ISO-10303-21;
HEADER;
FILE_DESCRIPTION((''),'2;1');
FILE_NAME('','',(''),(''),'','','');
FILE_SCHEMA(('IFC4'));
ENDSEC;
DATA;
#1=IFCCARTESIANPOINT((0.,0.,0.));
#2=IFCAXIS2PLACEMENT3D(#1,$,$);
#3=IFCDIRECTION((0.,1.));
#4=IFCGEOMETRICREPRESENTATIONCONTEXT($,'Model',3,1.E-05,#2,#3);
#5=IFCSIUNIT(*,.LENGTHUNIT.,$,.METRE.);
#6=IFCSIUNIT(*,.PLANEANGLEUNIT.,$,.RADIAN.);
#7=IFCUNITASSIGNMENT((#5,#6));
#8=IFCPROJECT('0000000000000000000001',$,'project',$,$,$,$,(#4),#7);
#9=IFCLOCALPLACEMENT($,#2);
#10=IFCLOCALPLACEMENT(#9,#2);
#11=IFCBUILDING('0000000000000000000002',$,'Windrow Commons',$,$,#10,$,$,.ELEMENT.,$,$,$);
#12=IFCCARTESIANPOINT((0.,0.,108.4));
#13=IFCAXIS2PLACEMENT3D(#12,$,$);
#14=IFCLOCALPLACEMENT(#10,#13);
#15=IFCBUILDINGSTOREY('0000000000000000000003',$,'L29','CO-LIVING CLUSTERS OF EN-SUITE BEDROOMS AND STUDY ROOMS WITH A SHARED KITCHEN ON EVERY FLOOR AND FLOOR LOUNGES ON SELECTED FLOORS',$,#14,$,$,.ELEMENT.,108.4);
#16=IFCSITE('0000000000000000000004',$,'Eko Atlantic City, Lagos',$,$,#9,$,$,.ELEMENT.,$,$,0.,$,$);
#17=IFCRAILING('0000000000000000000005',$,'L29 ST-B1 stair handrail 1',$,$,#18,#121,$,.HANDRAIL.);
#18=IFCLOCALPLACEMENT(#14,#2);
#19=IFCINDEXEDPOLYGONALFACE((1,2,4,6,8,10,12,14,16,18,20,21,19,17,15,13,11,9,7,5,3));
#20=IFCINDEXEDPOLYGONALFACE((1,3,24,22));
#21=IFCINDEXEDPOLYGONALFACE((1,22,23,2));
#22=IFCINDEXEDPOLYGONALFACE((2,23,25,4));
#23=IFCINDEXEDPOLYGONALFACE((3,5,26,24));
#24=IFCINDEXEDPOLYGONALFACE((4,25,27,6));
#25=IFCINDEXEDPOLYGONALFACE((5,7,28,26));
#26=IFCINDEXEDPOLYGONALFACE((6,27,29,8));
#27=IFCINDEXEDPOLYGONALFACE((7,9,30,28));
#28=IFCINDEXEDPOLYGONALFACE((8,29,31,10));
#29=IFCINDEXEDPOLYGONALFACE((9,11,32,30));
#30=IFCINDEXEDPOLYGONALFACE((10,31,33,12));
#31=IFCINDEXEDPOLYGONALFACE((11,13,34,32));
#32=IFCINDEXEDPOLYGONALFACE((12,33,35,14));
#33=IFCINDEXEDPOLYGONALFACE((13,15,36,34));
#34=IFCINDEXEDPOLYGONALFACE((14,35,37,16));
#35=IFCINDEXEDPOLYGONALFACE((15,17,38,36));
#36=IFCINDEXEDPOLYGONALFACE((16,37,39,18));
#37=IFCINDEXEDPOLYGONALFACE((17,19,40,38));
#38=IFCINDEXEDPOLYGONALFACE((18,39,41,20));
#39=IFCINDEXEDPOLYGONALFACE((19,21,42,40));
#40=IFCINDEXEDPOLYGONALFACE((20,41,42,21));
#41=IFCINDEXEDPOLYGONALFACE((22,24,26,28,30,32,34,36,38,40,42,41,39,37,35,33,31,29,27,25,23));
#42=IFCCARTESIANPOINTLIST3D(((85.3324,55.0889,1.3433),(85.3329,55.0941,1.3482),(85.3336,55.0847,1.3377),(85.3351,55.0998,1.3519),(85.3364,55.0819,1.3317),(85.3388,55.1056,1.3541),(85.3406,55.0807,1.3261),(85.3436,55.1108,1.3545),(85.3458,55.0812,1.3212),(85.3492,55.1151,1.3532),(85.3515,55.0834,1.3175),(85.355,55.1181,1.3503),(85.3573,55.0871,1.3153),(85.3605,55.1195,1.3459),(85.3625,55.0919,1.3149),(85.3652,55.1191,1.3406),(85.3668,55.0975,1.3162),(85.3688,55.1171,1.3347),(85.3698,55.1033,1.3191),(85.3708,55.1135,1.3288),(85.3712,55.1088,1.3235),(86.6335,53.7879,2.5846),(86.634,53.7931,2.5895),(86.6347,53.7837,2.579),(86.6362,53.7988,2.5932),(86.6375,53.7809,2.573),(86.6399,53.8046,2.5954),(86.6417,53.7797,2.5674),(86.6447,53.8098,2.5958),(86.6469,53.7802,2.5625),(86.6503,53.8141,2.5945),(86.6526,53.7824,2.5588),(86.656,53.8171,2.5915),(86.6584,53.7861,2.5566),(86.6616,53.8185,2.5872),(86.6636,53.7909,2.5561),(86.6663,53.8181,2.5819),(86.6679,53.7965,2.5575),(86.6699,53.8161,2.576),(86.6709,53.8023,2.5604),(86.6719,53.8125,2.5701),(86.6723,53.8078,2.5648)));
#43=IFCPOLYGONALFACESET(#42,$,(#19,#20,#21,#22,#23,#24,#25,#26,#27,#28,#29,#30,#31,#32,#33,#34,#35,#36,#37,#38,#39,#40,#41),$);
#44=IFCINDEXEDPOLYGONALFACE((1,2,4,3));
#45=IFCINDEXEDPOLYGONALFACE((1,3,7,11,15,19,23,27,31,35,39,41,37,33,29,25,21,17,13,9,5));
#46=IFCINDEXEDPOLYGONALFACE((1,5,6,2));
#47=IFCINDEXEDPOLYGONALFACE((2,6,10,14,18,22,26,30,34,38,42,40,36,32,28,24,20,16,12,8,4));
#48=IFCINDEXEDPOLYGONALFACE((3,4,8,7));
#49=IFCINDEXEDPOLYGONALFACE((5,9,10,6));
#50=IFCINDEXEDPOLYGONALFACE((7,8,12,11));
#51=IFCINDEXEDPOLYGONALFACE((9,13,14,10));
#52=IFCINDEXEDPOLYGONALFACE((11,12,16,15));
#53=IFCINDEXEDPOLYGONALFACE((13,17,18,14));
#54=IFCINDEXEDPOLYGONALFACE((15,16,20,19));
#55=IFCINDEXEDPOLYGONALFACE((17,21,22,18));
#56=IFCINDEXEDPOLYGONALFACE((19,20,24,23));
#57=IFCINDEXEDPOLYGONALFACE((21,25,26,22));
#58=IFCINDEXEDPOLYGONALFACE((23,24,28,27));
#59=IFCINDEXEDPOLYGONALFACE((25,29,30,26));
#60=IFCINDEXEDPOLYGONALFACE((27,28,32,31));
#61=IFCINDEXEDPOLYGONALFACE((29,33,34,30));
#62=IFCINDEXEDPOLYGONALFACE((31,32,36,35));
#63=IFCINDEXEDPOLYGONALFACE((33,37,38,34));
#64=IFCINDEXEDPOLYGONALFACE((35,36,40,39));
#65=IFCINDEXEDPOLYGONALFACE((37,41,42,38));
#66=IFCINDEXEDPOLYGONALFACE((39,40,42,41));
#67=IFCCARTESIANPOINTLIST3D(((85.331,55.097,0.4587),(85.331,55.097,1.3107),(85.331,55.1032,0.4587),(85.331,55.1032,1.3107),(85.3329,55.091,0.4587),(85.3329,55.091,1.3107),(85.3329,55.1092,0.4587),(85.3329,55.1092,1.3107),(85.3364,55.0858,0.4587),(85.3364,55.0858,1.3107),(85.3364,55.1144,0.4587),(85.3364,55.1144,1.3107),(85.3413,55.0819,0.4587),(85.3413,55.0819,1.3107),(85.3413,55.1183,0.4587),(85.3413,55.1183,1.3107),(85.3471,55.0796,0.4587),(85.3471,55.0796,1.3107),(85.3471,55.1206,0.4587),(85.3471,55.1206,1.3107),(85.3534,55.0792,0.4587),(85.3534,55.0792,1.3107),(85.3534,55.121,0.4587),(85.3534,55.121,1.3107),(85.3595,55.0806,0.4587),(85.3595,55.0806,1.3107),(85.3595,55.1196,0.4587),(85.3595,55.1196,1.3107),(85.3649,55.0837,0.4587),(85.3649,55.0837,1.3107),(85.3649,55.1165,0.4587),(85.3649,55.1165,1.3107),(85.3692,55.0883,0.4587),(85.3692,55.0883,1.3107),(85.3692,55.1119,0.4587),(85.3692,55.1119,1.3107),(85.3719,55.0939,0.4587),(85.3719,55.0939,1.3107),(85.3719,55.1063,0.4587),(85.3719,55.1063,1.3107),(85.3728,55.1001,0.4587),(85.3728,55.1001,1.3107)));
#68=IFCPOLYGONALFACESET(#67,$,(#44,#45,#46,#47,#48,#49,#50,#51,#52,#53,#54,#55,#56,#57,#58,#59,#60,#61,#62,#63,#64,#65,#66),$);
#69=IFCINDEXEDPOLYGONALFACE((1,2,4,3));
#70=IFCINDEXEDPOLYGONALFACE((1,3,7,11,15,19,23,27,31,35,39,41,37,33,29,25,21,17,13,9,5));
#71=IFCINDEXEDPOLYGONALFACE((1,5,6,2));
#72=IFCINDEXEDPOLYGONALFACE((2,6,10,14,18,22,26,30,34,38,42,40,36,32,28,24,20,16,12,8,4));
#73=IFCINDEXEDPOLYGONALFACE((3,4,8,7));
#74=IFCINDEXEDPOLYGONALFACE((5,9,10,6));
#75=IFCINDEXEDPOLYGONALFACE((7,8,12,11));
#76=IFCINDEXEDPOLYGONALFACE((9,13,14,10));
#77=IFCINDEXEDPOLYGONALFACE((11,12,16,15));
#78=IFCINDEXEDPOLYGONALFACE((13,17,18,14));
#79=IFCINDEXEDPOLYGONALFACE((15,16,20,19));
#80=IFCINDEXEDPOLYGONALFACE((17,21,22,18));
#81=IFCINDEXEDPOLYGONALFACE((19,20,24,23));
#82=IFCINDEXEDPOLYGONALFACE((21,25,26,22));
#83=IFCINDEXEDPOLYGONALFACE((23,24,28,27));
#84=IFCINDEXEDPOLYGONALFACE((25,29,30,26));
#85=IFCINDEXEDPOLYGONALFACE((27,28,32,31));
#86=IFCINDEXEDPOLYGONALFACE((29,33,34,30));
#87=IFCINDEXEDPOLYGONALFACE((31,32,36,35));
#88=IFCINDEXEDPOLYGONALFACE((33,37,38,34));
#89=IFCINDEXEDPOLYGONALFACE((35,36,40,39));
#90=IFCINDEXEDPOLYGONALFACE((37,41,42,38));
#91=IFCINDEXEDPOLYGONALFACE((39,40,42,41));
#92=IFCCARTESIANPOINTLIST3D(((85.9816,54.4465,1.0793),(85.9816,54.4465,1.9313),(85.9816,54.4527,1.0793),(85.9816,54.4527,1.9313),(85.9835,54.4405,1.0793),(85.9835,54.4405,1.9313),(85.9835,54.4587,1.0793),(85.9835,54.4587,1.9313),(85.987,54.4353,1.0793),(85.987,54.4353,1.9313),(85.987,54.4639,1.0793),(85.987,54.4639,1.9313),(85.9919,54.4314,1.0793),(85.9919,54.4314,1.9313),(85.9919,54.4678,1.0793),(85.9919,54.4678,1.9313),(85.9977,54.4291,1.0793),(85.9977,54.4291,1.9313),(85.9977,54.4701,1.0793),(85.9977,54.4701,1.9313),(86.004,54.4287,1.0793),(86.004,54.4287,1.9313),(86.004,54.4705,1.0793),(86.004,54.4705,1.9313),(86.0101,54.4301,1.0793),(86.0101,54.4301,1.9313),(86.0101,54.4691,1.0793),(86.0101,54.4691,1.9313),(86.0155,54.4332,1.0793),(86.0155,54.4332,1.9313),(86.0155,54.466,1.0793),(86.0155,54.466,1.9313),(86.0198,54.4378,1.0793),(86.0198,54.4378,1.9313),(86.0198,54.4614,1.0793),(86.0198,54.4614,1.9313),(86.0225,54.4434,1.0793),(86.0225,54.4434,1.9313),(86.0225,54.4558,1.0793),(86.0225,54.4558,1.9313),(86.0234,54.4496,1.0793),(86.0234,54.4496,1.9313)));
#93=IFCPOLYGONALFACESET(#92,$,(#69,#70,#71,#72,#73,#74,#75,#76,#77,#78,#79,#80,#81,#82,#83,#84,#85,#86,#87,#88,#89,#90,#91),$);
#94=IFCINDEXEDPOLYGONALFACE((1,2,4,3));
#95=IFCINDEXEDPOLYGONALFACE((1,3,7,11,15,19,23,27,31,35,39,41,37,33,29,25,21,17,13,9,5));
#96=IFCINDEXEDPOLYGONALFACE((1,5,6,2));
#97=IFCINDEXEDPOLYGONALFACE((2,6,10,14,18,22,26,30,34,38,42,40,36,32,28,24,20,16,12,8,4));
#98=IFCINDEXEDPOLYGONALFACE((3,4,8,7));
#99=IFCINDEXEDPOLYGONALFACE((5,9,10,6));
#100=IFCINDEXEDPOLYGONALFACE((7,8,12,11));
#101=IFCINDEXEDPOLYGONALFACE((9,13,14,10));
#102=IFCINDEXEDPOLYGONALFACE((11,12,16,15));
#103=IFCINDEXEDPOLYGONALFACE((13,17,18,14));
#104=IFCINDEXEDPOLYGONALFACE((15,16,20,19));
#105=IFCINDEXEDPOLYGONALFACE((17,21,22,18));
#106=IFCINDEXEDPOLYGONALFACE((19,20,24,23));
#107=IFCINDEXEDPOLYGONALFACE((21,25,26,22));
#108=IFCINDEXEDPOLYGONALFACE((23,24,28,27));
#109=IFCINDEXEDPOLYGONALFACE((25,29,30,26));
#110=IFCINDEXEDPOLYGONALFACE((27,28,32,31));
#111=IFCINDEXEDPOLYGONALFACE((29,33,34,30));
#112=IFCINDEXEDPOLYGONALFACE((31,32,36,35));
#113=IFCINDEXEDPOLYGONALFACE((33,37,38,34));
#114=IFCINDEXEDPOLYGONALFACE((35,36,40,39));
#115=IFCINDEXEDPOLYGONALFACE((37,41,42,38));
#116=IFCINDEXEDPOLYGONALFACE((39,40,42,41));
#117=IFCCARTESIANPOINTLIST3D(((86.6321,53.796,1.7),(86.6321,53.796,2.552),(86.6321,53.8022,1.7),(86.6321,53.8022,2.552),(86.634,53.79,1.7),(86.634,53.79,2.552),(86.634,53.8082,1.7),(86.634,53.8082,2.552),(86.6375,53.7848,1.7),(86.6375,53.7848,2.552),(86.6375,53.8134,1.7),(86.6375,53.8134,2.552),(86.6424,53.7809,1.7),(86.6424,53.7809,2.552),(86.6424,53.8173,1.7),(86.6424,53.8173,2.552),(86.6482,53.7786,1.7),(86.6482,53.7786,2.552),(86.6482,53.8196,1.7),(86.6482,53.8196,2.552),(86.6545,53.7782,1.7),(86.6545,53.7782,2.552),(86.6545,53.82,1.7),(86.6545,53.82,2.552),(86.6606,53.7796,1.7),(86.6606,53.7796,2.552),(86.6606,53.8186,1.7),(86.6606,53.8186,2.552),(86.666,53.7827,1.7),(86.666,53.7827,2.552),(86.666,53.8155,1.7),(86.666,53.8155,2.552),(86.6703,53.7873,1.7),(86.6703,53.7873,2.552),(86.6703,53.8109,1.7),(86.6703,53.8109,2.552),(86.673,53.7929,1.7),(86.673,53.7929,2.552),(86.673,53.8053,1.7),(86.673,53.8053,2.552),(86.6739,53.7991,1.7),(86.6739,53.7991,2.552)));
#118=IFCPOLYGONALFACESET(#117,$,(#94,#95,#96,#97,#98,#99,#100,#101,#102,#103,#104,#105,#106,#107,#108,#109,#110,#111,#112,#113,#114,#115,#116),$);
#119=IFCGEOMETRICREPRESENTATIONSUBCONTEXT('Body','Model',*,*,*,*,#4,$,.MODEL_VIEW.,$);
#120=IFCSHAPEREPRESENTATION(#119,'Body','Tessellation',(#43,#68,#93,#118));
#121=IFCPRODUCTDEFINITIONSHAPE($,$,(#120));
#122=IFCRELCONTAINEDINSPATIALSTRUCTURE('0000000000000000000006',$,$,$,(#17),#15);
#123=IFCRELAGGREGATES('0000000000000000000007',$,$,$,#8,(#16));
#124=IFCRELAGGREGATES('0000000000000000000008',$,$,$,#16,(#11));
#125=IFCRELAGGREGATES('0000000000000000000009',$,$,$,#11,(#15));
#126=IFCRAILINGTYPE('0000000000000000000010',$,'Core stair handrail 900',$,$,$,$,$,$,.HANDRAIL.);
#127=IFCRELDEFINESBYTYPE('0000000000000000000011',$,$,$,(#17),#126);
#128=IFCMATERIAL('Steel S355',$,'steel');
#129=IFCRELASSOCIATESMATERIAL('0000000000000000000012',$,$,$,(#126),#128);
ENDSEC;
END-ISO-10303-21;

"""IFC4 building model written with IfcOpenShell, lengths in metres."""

from ifc_helpers import new_model, si_unit, direction, frame, origin, origin_2d, place, context, subcontext, project, spatial, circle, extrude, material, type_object, element, save


model = new_model("IFC4")

# Units and contexts
model_context = context("Model", 3, precision=1e-05, world=origin(), true_north=direction((0.0, 1.0)))
body_context = subcontext(model_context, "Body", "Model", "MODEL_VIEW")
ifc_project = project(units=[si_unit("LENGTHUNIT", "METRE"), si_unit("PLANEANGLEUNIT", "RADIAN")], contexts=[model_context])

# Site, building, storey
site_placement = place(None, origin())
site = spatial("IfcSite", under=ifc_project, at=site_placement, Name="Eko Atlantic City, Lagos", CompositionType="ELEMENT", RefElevation=0.0)
building_placement = place(site_placement, origin())
building = spatial("IfcBuilding", under=site, at=building_placement, Name="Windrow Commons", CompositionType="ELEMENT")
storey_placement = place(building_placement, frame((0.0, 0.0, 108.4)))
storey = spatial("IfcBuildingStorey", under=building, at=storey_placement, Name="L29", Description="CO-LIVING CLUSTERS OF EN-SUITE BEDROOMS AND STUDY ROOMS WITH A SHARED KITCHEN ON EVERY FLOOR AND FLOOR LOUNGES ON SELECTED FLOORS", CompositionType="ELEMENT", Elevation=108.4)

# Railing
ifc_material_1 = material(Name="Steel S355", Category="steel")
railing_type_1 = type_object("IfcRailingType", Name="Core stair handrail 900", PredefinedType="HANDRAIL", material=ifc_material_1)
railing_1_placement = place(storey_placement, frame((85.3518, 55.1001, 0.4587)))
element("IfcRailing", 1, at=railing_1_placement, inside=storey, type_object=railing_type_1, Name="L29 ST-B1 stair handrail 1", PredefinedType="HANDRAIL", context=body_context, shape_type="SweptSolid", body=[
    extrude(circle(Radius=0.024, at=origin_2d()), frame((0.0, 0.0, 0.876), z_axis=(0.586207, -0.586162, 0.559264), x_axis=(0.70708, 0.707134, 0.0)), (0.0, 0.0, 1.0), 2.2195),
    extrude(circle(Radius=0.021, at=origin_2d()), origin(), (0.0, 0.0, 1.0), 0.852),
    extrude(circle(Radius=0.021, at=origin_2d()), frame((0.6506, -0.6505, 0.6206)), (0.0, 0.0, 1.0), 0.852),
    extrude(circle(Radius=0.021, at=origin_2d()), frame((1.3011, -1.301, 1.2413)), (0.0, 0.0, 1.0), 0.852),
])

save(model, "model.ifc")
